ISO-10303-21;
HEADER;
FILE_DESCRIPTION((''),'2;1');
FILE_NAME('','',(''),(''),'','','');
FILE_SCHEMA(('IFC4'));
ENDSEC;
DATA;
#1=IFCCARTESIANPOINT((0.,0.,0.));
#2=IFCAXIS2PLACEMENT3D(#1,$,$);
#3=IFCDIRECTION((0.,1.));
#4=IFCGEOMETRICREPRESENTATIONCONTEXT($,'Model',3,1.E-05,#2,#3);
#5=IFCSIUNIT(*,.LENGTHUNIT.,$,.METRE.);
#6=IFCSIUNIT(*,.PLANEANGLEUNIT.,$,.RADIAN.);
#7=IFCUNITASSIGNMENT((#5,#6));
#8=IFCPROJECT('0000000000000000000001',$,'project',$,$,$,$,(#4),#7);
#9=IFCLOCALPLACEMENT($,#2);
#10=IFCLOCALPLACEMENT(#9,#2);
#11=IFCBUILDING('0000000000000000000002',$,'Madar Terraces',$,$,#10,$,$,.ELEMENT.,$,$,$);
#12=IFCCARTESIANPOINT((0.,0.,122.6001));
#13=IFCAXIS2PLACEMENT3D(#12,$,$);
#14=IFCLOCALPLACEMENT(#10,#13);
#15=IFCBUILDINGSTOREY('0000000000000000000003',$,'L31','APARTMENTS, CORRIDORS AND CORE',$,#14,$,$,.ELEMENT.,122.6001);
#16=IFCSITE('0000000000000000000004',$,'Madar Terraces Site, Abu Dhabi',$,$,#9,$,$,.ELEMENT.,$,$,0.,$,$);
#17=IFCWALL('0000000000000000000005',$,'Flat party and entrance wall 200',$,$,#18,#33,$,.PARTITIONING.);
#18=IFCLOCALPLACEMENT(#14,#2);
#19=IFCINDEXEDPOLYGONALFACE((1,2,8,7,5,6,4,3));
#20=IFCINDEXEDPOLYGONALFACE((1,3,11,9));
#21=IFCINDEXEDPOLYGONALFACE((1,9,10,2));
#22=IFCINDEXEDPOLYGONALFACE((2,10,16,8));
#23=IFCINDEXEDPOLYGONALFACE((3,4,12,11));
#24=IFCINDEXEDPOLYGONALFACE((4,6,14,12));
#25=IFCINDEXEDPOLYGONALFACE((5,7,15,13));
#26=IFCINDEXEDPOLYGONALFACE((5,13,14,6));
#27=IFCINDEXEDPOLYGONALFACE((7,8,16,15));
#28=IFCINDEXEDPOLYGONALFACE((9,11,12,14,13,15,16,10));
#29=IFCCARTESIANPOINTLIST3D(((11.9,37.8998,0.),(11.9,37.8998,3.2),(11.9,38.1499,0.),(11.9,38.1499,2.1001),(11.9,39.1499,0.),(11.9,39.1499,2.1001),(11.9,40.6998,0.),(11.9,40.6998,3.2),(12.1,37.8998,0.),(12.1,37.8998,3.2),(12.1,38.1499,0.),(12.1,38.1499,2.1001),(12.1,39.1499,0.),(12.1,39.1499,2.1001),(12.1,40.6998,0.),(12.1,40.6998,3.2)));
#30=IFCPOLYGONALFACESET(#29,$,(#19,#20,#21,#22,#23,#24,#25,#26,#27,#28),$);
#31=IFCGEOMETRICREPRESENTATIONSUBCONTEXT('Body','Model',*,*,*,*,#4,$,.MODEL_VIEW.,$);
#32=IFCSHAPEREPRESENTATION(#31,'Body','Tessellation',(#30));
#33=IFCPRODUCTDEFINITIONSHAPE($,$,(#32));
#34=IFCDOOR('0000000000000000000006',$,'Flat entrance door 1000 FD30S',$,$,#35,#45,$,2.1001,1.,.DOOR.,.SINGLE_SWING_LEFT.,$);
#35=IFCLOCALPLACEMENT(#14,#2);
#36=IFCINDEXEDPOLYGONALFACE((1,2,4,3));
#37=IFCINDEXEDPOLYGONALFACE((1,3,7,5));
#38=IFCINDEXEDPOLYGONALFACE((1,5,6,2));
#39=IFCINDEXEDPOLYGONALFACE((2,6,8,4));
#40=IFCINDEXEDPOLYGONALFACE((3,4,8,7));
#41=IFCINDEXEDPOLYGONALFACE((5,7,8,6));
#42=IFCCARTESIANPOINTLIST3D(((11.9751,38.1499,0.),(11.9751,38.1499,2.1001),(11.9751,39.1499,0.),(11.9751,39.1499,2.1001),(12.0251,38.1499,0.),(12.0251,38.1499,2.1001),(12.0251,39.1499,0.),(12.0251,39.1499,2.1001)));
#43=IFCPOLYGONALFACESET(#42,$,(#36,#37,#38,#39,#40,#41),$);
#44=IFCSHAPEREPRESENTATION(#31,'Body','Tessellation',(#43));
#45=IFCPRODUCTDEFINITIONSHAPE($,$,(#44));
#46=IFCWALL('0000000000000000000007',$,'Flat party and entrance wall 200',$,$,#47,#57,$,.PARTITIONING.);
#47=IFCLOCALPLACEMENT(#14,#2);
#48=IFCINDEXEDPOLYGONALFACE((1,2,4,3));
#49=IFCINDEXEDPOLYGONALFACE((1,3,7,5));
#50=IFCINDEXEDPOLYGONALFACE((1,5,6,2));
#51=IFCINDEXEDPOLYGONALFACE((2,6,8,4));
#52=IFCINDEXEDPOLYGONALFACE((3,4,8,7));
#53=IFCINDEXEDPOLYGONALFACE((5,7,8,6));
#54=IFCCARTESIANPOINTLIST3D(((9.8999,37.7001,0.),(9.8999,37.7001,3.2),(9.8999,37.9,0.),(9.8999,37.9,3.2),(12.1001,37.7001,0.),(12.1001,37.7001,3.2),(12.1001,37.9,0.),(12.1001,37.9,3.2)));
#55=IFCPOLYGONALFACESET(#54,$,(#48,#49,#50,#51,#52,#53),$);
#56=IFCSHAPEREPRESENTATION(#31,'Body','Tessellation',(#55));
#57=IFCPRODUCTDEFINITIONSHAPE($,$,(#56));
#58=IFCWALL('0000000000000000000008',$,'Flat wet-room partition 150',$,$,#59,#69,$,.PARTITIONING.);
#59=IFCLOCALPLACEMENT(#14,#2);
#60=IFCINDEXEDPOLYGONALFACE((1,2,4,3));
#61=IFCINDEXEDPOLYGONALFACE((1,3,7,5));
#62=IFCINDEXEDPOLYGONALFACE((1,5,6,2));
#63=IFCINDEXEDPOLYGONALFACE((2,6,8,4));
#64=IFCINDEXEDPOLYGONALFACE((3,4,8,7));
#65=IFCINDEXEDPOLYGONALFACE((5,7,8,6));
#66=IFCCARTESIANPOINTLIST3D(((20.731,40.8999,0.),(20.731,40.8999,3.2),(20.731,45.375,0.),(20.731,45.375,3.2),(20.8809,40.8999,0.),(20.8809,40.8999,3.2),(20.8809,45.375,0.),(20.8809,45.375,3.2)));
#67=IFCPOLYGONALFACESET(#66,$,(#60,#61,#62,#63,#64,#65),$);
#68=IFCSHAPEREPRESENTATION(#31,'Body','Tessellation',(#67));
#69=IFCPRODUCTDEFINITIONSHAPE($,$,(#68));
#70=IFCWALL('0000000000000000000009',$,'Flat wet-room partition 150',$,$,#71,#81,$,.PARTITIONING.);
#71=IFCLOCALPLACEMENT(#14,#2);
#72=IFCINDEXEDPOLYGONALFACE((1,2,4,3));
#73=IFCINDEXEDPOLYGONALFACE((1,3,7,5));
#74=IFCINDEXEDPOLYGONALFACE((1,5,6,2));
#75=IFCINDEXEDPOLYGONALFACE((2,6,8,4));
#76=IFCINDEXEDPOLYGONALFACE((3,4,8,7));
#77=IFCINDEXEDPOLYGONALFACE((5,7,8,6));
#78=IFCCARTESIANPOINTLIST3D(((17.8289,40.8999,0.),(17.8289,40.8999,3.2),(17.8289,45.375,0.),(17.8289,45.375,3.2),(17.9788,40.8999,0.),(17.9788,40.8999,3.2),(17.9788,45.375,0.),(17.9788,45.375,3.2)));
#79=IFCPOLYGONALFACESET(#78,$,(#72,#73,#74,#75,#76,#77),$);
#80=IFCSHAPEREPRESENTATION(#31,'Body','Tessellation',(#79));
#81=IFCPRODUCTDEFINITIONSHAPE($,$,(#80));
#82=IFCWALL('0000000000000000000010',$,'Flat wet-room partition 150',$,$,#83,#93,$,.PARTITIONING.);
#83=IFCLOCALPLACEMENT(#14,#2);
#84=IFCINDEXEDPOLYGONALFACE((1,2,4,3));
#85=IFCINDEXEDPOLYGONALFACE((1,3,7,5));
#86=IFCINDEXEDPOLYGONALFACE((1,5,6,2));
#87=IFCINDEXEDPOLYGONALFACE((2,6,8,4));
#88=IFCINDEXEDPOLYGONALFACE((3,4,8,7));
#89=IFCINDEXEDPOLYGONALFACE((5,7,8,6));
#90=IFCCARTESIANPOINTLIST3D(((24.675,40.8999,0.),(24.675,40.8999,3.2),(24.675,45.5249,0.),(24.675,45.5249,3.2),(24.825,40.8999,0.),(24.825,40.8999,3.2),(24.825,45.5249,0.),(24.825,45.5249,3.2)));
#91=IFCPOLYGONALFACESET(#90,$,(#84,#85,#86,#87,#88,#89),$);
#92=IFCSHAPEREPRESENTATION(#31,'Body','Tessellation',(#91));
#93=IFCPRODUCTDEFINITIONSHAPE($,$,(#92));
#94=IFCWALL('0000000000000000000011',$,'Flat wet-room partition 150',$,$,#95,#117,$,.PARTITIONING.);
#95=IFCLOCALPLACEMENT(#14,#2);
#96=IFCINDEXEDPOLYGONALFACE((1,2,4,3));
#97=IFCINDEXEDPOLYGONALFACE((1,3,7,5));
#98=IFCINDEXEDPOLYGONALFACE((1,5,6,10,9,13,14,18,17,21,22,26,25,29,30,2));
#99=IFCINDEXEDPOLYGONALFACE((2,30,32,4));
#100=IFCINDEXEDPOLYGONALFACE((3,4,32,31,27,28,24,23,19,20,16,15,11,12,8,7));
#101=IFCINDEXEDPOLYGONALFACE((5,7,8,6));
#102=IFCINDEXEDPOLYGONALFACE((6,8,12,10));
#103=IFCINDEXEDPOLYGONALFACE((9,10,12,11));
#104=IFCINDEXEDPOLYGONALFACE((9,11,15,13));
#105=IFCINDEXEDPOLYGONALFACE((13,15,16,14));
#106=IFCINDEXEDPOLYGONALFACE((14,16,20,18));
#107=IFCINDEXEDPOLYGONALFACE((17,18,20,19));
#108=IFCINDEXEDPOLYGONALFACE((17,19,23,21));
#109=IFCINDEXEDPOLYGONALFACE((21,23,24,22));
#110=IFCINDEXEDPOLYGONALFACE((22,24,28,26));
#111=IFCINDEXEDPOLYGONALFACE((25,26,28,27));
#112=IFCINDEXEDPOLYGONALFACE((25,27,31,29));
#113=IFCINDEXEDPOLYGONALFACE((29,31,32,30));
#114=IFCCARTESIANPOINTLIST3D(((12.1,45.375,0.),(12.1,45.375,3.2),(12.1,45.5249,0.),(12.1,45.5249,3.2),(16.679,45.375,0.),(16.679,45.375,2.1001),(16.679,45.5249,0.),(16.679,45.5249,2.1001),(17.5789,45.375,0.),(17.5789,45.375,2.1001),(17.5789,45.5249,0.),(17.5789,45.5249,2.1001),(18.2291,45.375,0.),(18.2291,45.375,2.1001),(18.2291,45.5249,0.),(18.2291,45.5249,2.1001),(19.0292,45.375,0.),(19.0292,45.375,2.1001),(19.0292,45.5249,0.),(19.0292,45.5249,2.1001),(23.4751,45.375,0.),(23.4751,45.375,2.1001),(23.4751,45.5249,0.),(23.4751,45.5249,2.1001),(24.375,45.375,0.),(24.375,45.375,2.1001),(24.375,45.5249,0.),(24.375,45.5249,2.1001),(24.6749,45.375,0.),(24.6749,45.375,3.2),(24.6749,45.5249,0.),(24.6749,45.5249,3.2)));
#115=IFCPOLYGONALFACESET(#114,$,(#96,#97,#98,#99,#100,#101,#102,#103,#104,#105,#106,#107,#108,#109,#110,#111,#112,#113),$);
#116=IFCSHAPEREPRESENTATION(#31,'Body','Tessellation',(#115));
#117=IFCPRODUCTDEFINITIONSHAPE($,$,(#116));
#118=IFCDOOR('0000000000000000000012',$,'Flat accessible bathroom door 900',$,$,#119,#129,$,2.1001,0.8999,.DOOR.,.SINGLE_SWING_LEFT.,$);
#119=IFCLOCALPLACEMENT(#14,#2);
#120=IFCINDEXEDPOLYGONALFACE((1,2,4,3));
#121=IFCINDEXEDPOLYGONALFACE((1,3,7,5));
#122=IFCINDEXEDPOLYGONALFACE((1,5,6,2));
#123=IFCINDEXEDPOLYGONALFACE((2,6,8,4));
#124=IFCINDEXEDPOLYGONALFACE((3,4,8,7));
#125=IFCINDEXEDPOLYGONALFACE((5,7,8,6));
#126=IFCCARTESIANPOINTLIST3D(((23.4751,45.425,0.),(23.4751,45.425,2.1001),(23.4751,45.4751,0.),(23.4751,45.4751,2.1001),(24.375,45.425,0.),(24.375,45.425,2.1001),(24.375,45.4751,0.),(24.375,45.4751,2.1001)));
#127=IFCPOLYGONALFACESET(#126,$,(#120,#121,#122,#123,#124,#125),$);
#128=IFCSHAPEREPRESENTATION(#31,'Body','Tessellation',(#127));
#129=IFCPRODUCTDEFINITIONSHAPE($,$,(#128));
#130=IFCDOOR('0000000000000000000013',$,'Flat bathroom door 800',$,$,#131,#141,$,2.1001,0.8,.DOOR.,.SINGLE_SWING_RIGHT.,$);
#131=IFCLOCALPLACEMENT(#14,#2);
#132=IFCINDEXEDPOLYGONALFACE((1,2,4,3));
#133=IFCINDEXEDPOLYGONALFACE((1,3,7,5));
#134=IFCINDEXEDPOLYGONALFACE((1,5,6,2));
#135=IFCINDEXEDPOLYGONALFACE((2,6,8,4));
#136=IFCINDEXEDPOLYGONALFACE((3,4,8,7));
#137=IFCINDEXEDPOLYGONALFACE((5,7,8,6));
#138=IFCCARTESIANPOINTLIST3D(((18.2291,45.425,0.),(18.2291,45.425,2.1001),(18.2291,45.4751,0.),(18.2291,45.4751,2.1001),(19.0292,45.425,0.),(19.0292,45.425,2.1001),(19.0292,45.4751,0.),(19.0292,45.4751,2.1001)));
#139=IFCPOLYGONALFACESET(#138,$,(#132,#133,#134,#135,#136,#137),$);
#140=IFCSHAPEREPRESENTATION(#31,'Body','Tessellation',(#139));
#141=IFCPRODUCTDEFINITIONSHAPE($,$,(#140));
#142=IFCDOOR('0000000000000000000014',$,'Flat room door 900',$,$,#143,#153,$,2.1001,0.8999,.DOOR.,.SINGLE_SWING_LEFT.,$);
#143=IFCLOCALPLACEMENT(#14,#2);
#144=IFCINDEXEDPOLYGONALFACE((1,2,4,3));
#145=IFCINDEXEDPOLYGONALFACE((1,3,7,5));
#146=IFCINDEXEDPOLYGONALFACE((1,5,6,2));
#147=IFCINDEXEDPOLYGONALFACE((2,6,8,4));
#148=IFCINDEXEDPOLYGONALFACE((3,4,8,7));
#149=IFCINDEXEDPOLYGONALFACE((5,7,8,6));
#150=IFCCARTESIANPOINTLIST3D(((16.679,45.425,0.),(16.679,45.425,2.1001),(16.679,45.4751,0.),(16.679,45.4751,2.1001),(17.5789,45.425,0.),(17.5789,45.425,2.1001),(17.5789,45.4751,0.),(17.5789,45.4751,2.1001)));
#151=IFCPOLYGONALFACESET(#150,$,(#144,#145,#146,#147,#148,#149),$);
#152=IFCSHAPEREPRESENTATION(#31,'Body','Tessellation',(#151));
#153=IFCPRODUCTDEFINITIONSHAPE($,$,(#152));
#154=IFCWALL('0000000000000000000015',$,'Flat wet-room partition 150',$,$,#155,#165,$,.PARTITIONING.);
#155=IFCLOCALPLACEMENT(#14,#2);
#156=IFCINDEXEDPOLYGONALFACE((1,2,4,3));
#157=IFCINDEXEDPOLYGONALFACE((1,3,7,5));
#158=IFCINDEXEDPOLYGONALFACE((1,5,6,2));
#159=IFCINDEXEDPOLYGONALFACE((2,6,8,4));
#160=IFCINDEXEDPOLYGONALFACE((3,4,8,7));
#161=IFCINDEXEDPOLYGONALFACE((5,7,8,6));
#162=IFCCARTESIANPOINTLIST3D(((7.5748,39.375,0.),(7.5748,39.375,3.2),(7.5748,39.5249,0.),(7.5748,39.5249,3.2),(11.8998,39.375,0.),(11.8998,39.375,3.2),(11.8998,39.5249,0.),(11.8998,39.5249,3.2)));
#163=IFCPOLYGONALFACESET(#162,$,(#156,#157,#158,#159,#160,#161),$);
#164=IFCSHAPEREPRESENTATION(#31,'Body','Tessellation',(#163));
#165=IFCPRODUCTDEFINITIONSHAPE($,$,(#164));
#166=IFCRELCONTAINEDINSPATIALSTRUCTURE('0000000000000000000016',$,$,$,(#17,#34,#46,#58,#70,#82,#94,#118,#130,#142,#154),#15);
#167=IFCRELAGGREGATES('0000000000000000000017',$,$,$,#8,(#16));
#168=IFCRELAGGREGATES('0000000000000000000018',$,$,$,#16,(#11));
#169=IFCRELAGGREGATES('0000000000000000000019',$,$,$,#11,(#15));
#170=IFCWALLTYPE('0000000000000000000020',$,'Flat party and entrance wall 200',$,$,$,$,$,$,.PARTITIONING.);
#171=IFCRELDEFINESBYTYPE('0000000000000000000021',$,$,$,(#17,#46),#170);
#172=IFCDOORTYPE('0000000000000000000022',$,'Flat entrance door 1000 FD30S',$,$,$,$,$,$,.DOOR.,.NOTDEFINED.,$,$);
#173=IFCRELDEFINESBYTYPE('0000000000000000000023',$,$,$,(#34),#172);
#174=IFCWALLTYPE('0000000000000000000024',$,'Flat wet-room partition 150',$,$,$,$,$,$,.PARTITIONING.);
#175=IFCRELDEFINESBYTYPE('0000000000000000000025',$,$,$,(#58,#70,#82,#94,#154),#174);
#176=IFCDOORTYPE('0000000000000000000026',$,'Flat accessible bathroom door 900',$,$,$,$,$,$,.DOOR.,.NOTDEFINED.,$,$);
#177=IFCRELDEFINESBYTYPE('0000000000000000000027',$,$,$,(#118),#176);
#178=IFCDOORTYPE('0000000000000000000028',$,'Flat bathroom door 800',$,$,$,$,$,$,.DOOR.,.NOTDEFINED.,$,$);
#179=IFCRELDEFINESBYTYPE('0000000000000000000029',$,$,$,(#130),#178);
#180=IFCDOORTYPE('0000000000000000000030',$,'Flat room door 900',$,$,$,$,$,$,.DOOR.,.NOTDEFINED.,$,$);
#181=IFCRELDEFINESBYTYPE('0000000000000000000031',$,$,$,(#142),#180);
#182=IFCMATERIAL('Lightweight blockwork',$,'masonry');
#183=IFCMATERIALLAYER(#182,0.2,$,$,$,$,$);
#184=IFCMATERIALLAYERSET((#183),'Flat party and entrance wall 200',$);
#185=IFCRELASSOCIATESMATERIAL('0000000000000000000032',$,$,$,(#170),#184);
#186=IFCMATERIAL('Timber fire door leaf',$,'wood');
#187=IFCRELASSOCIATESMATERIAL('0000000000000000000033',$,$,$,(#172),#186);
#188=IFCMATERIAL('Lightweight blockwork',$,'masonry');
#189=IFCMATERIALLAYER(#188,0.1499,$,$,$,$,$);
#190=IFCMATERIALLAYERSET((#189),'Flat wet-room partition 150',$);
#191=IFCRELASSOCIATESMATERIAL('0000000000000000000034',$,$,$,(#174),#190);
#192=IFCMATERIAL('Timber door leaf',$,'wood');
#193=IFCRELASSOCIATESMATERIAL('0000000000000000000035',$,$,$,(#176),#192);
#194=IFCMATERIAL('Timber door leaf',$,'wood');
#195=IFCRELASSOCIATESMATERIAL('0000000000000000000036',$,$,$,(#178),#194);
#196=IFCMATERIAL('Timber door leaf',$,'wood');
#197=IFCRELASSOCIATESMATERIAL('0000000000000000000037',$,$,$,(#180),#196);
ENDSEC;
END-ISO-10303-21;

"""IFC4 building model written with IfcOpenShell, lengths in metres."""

from ifc_helpers import new_model, si_unit, direction, frame, frame_2d, origin, place, context, subcontext, project, spatial, rectangle, extrude, material, layer, layer_set, type_object, element, fill, save


model = new_model("IFC4")

# Units and contexts
model_context = context("Model", 3, precision=1e-05, world=origin(), true_north=direction((0.0, 1.0)))
body_context = subcontext(model_context, "Body", "Model", "MODEL_VIEW")
ifc_project = project(units=[si_unit("LENGTHUNIT", "METRE"), si_unit("PLANEANGLEUNIT", "RADIAN")], contexts=[model_context])

# Site, building, storey
site_placement = place(None, origin())
site = spatial("IfcSite", under=ifc_project, at=site_placement, Name="Madar Terraces Site, Abu Dhabi", CompositionType="ELEMENT", RefElevation=0.0)
building_placement = place(site_placement, origin())
building = spatial("IfcBuilding", under=site, at=building_placement, Name="Madar Terraces", CompositionType="ELEMENT")
storey_placement = place(building_placement, frame((0.0, 0.0, 122.6001)))
storey = spatial("IfcBuildingStorey", under=building, at=storey_placement, Name="L31", Description="APARTMENTS, CORRIDORS AND CORE", CompositionType="ELEMENT", Elevation=122.6001)

# Shared definitions
ifc_material_1 = material(Name="Lightweight blockwork", Category="masonry")
ifc_layer_1 = layer(ifc_material_1, 0.2)
ifc_layer_set_1 = layer_set([ifc_layer_1], Name="Flat party and entrance wall 200")
wall_type_1 = type_object("IfcWallType", Name="Flat party and entrance wall 200", PredefinedType="PARTITIONING", material=ifc_layer_set_1)
ifc_material_2 = material(Name="Timber fire door leaf", Category="wood")
door_type_1 = type_object("IfcDoorType", Name="Flat entrance door 1000 FD30S", OperationType="NOTDEFINED", PredefinedType="DOOR", material=ifc_material_2)

# Wall, opening, door
wall_1_placement = place(storey_placement, frame((12.0, 37.8999, 0.0), z_axis=(0.0, 0.0, 1.0), x_axis=(0.0, 1.0, 0.0)))
wall_1 = element("IfcWall", 1, at=wall_1_placement, inside=storey, type_object=wall_type_1, Name="Flat party and entrance wall 200", PredefinedType="PARTITIONING", context=body_context, shape_type="SweptSolid", body=[
    extrude(rectangle(XDim=2.8, YDim=0.2, at=frame_2d((1.3999, 0.0))), origin(), (0.0, 0.0, 1.0), 3.2),
])
opening_1_placement = place(wall_1_placement, frame((0.25, 0.0, 0.0)))
opening_1 = element("IfcOpeningElement", 2, at=opening_1_placement, cuts=wall_1, PredefinedType="OPENING", context=body_context, shape_type="SweptSolid", body=[
    extrude(rectangle(XDim=1.0, YDim=2.1001, at=frame_2d((0.5, 1.05))), frame((0.0, 0.1099, 0.0), z_axis=(0.0, -1.0, 0.0), x_axis=(1.0, 0.0, 0.0)), (0.0, 0.0, 1.0), 0.22),
])
door_1_placement = place(opening_1_placement, origin())
door_1 = element("IfcDoor", 3, at=door_1_placement, inside=storey, type_object=door_type_1, Name="Flat entrance door 1000 FD30S", OperationType="SINGLE_SWING_LEFT", OverallHeight=2.1001, OverallWidth=1.0, PredefinedType="DOOR", context=body_context, shape_type="SweptSolid", body=[
    extrude(rectangle(XDim=1.0, YDim=2.1001, at=frame_2d((0.5, 1.05))), frame((0.0, 0.0249, 0.0), z_axis=(0.0, -1.0, 0.0), x_axis=(1.0, 0.0, 0.0)), (0.0, 0.0, 1.0), 0.05),
])
fill(opening_1, door_1)

# Walls
wall_2_placement = place(storey_placement, frame((12.1001, 37.8, 0.0), z_axis=(0.0, 0.0, 1.0), x_axis=(-1.0, 0.0, 0.0)))
element("IfcWall", 4, at=wall_2_placement, inside=storey, type_object=wall_type_1, Name="Flat party and entrance wall 200", PredefinedType="PARTITIONING", context=body_context, shape_type="SweptSolid", body=[
    extrude(rectangle(XDim=2.2002, YDim=0.2, at=frame_2d((1.1001, 0.0))), origin(), (0.0, 0.0, 1.0), 3.2),
])
ifc_material_3 = material(Name="Lightweight blockwork", Category="masonry")
ifc_layer_2 = layer(ifc_material_3, 0.1499)
ifc_layer_set_2 = layer_set([ifc_layer_2], Name="Flat wet-room partition 150")
wall_type_2 = type_object("IfcWallType", Name="Flat wet-room partition 150", PredefinedType="PARTITIONING", material=ifc_layer_set_2)
for number, where, z_axis, x_axis, name in (
    (5, (20.8059, 40.8999, 0.0), (0.0, 0.0, 1.0), (0.0, 1.0, 0.0), "Flat wet-room partition 150"),
    (6, (17.9038, 40.8999, 0.0), (0.0, 0.0, 1.0), (0.0, 1.0, 0.0), "Flat wet-room partition 150"),
):
    element("IfcWall", number, at=place(storey_placement, frame(where, z_axis=z_axis, x_axis=x_axis)), inside=storey, type_object=wall_type_2, Name=name, PredefinedType="PARTITIONING", context=body_context, shape_type="SweptSolid", body=[
        extrude(rectangle(XDim=4.4751, YDim=0.1499, at=frame_2d((2.2375, 0.0))), origin(), (0.0, 0.0, 1.0), 3.2),
    ])
wall_3_placement = place(storey_placement, frame((24.75, 40.8999, 0.0), z_axis=(0.0, 0.0, 1.0), x_axis=(0.0, 1.0, 0.0)))
element("IfcWall", 7, at=wall_3_placement, inside=storey, type_object=wall_type_2, Name="Flat wet-room partition 150", PredefinedType="PARTITIONING", context=body_context, shape_type="SweptSolid", body=[
    extrude(rectangle(XDim=4.625, YDim=0.1499, at=frame_2d((2.3125, 0.0))), origin(), (0.0, 0.0, 1.0), 3.2),
])

# Wall, openings, doors
wall_4_placement = place(storey_placement, frame((24.675, 45.45, 0.0), z_axis=(0.0, 0.0, 1.0), x_axis=(-1.0, 0.0, 0.0)))
wall_4 = element("IfcWall", 8, at=wall_4_placement, inside=storey, type_object=wall_type_2, Name="Flat wet-room partition 150", PredefinedType="PARTITIONING", context=body_context, shape_type="SweptSolid", body=[
    extrude(rectangle(XDim=12.575, YDim=0.1499, at=frame_2d((6.2876, 0.0))), origin(), (0.0, 0.0, 1.0), 3.2),
])
opening_2_placement = place(wall_4_placement, frame((0.3, 0.0, 0.0)))
opening_2 = element("IfcOpeningElement", 9, at=opening_2_placement, cuts=wall_4, PredefinedType="OPENING", context=body_context, shape_type="SweptSolid", body=[
    extrude(rectangle(XDim=0.8999, YDim=2.1001, at=frame_2d((0.45, 1.05))), frame((0.0, 0.085, 0.0), z_axis=(0.0, -1.0, 0.0), x_axis=(1.0, 0.0, 0.0)), (0.0, 0.0, 1.0), 0.1699),
])
opening_3_placement = place(wall_4_placement, frame((5.646, 0.0, 0.0)))
opening_3 = element("IfcOpeningElement", 10, at=opening_3_placement, cuts=wall_4, PredefinedType="OPENING", context=body_context, shape_type="SweptSolid", body=[
    extrude(rectangle(XDim=0.8, YDim=2.1001, at=frame_2d((0.3999, 1.05))), frame((0.0, 0.085, 0.0), z_axis=(0.0, -1.0, 0.0), x_axis=(1.0, 0.0, 0.0)), (0.0, 0.0, 1.0), 0.1699),
])
opening_4_placement = place(wall_4_placement, frame((7.0962, 0.0, 0.0)))
opening_4 = element("IfcOpeningElement", 11, at=opening_4_placement, cuts=wall_4, PredefinedType="OPENING", context=body_context, shape_type="SweptSolid", body=[
    extrude(rectangle(XDim=0.8999, YDim=2.1001, at=frame_2d((0.45, 1.05))), frame((0.0, 0.085, 0.0), z_axis=(0.0, -1.0, 0.0), x_axis=(1.0, 0.0, 0.0)), (0.0, 0.0, 1.0), 0.1699),
])
ifc_material_4 = material(Name="Timber door leaf", Category="wood")
door_type_2 = type_object("IfcDoorType", Name="Flat accessible bathroom door 900", OperationType="NOTDEFINED", PredefinedType="DOOR", material=ifc_material_4)
door_2_placement = place(opening_2_placement, origin())
door_2 = element("IfcDoor", 12, at=door_2_placement, inside=storey, type_object=door_type_2, Name="Flat accessible bathroom door 900", OperationType="SINGLE_SWING_LEFT", OverallHeight=2.1001, OverallWidth=0.8999, PredefinedType="DOOR", context=body_context, shape_type="SweptSolid", body=[
    extrude(rectangle(XDim=0.8999, YDim=2.1001, at=frame_2d((0.45, 1.05))), frame((0.0, 0.0249, 0.0), z_axis=(0.0, -1.0, 0.0), x_axis=(1.0, 0.0, 0.0)), (0.0, 0.0, 1.0), 0.05),
])
fill(opening_2, door_2)
ifc_material_5 = material(Name="Timber door leaf", Category="wood")
door_type_3 = type_object("IfcDoorType", Name="Flat bathroom door 800", OperationType="NOTDEFINED", PredefinedType="DOOR", material=ifc_material_5)
door_3_placement = place(opening_3_placement, origin())
door_3 = element("IfcDoor", 13, at=door_3_placement, inside=storey, type_object=door_type_3, Name="Flat bathroom door 800", OperationType="SINGLE_SWING_RIGHT", OverallHeight=2.1001, OverallWidth=0.8, PredefinedType="DOOR", context=body_context, shape_type="SweptSolid", body=[
    extrude(rectangle(XDim=0.8, YDim=2.1001, at=frame_2d((0.3999, 1.05))), frame((0.0, 0.0249, 0.0), z_axis=(0.0, -1.0, 0.0), x_axis=(1.0, 0.0, 0.0)), (0.0, 0.0, 1.0), 0.05),
])
fill(opening_3, door_3)
ifc_material_6 = material(Name="Timber door leaf", Category="wood")
door_type_4 = type_object("IfcDoorType", Name="Flat room door 900", OperationType="NOTDEFINED", PredefinedType="DOOR", material=ifc_material_6)
door_4_placement = place(opening_4_placement, origin())
door_4 = element("IfcDoor", 14, at=door_4_placement, inside=storey, type_object=door_type_4, Name="Flat room door 900", OperationType="SINGLE_SWING_LEFT", OverallHeight=2.1001, OverallWidth=0.8999, PredefinedType="DOOR", context=body_context, shape_type="SweptSolid", body=[
    extrude(rectangle(XDim=0.8999, YDim=2.1001, at=frame_2d((0.45, 1.05))), frame((0.0, 0.0249, 0.0), z_axis=(0.0, -1.0, 0.0), x_axis=(1.0, 0.0, 0.0)), (0.0, 0.0, 1.0), 0.05),
])
fill(opening_4, door_4)

# Wall
wall_5_placement = place(storey_placement, frame((11.8999, 39.45, 0.0), z_axis=(0.0, 0.0, 1.0), x_axis=(-1.0, 0.0, 0.0)))
element("IfcWall", 15, at=wall_5_placement, inside=storey, type_object=wall_type_2, Name="Flat wet-room partition 150", PredefinedType="PARTITIONING", context=body_context, shape_type="SweptSolid", body=[
    extrude(rectangle(XDim=4.325, YDim=0.1499, at=frame_2d((2.1626, 0.0))), origin(), (0.0, 0.0, 1.0), 3.2),
])

save(model, "model.ifc")
